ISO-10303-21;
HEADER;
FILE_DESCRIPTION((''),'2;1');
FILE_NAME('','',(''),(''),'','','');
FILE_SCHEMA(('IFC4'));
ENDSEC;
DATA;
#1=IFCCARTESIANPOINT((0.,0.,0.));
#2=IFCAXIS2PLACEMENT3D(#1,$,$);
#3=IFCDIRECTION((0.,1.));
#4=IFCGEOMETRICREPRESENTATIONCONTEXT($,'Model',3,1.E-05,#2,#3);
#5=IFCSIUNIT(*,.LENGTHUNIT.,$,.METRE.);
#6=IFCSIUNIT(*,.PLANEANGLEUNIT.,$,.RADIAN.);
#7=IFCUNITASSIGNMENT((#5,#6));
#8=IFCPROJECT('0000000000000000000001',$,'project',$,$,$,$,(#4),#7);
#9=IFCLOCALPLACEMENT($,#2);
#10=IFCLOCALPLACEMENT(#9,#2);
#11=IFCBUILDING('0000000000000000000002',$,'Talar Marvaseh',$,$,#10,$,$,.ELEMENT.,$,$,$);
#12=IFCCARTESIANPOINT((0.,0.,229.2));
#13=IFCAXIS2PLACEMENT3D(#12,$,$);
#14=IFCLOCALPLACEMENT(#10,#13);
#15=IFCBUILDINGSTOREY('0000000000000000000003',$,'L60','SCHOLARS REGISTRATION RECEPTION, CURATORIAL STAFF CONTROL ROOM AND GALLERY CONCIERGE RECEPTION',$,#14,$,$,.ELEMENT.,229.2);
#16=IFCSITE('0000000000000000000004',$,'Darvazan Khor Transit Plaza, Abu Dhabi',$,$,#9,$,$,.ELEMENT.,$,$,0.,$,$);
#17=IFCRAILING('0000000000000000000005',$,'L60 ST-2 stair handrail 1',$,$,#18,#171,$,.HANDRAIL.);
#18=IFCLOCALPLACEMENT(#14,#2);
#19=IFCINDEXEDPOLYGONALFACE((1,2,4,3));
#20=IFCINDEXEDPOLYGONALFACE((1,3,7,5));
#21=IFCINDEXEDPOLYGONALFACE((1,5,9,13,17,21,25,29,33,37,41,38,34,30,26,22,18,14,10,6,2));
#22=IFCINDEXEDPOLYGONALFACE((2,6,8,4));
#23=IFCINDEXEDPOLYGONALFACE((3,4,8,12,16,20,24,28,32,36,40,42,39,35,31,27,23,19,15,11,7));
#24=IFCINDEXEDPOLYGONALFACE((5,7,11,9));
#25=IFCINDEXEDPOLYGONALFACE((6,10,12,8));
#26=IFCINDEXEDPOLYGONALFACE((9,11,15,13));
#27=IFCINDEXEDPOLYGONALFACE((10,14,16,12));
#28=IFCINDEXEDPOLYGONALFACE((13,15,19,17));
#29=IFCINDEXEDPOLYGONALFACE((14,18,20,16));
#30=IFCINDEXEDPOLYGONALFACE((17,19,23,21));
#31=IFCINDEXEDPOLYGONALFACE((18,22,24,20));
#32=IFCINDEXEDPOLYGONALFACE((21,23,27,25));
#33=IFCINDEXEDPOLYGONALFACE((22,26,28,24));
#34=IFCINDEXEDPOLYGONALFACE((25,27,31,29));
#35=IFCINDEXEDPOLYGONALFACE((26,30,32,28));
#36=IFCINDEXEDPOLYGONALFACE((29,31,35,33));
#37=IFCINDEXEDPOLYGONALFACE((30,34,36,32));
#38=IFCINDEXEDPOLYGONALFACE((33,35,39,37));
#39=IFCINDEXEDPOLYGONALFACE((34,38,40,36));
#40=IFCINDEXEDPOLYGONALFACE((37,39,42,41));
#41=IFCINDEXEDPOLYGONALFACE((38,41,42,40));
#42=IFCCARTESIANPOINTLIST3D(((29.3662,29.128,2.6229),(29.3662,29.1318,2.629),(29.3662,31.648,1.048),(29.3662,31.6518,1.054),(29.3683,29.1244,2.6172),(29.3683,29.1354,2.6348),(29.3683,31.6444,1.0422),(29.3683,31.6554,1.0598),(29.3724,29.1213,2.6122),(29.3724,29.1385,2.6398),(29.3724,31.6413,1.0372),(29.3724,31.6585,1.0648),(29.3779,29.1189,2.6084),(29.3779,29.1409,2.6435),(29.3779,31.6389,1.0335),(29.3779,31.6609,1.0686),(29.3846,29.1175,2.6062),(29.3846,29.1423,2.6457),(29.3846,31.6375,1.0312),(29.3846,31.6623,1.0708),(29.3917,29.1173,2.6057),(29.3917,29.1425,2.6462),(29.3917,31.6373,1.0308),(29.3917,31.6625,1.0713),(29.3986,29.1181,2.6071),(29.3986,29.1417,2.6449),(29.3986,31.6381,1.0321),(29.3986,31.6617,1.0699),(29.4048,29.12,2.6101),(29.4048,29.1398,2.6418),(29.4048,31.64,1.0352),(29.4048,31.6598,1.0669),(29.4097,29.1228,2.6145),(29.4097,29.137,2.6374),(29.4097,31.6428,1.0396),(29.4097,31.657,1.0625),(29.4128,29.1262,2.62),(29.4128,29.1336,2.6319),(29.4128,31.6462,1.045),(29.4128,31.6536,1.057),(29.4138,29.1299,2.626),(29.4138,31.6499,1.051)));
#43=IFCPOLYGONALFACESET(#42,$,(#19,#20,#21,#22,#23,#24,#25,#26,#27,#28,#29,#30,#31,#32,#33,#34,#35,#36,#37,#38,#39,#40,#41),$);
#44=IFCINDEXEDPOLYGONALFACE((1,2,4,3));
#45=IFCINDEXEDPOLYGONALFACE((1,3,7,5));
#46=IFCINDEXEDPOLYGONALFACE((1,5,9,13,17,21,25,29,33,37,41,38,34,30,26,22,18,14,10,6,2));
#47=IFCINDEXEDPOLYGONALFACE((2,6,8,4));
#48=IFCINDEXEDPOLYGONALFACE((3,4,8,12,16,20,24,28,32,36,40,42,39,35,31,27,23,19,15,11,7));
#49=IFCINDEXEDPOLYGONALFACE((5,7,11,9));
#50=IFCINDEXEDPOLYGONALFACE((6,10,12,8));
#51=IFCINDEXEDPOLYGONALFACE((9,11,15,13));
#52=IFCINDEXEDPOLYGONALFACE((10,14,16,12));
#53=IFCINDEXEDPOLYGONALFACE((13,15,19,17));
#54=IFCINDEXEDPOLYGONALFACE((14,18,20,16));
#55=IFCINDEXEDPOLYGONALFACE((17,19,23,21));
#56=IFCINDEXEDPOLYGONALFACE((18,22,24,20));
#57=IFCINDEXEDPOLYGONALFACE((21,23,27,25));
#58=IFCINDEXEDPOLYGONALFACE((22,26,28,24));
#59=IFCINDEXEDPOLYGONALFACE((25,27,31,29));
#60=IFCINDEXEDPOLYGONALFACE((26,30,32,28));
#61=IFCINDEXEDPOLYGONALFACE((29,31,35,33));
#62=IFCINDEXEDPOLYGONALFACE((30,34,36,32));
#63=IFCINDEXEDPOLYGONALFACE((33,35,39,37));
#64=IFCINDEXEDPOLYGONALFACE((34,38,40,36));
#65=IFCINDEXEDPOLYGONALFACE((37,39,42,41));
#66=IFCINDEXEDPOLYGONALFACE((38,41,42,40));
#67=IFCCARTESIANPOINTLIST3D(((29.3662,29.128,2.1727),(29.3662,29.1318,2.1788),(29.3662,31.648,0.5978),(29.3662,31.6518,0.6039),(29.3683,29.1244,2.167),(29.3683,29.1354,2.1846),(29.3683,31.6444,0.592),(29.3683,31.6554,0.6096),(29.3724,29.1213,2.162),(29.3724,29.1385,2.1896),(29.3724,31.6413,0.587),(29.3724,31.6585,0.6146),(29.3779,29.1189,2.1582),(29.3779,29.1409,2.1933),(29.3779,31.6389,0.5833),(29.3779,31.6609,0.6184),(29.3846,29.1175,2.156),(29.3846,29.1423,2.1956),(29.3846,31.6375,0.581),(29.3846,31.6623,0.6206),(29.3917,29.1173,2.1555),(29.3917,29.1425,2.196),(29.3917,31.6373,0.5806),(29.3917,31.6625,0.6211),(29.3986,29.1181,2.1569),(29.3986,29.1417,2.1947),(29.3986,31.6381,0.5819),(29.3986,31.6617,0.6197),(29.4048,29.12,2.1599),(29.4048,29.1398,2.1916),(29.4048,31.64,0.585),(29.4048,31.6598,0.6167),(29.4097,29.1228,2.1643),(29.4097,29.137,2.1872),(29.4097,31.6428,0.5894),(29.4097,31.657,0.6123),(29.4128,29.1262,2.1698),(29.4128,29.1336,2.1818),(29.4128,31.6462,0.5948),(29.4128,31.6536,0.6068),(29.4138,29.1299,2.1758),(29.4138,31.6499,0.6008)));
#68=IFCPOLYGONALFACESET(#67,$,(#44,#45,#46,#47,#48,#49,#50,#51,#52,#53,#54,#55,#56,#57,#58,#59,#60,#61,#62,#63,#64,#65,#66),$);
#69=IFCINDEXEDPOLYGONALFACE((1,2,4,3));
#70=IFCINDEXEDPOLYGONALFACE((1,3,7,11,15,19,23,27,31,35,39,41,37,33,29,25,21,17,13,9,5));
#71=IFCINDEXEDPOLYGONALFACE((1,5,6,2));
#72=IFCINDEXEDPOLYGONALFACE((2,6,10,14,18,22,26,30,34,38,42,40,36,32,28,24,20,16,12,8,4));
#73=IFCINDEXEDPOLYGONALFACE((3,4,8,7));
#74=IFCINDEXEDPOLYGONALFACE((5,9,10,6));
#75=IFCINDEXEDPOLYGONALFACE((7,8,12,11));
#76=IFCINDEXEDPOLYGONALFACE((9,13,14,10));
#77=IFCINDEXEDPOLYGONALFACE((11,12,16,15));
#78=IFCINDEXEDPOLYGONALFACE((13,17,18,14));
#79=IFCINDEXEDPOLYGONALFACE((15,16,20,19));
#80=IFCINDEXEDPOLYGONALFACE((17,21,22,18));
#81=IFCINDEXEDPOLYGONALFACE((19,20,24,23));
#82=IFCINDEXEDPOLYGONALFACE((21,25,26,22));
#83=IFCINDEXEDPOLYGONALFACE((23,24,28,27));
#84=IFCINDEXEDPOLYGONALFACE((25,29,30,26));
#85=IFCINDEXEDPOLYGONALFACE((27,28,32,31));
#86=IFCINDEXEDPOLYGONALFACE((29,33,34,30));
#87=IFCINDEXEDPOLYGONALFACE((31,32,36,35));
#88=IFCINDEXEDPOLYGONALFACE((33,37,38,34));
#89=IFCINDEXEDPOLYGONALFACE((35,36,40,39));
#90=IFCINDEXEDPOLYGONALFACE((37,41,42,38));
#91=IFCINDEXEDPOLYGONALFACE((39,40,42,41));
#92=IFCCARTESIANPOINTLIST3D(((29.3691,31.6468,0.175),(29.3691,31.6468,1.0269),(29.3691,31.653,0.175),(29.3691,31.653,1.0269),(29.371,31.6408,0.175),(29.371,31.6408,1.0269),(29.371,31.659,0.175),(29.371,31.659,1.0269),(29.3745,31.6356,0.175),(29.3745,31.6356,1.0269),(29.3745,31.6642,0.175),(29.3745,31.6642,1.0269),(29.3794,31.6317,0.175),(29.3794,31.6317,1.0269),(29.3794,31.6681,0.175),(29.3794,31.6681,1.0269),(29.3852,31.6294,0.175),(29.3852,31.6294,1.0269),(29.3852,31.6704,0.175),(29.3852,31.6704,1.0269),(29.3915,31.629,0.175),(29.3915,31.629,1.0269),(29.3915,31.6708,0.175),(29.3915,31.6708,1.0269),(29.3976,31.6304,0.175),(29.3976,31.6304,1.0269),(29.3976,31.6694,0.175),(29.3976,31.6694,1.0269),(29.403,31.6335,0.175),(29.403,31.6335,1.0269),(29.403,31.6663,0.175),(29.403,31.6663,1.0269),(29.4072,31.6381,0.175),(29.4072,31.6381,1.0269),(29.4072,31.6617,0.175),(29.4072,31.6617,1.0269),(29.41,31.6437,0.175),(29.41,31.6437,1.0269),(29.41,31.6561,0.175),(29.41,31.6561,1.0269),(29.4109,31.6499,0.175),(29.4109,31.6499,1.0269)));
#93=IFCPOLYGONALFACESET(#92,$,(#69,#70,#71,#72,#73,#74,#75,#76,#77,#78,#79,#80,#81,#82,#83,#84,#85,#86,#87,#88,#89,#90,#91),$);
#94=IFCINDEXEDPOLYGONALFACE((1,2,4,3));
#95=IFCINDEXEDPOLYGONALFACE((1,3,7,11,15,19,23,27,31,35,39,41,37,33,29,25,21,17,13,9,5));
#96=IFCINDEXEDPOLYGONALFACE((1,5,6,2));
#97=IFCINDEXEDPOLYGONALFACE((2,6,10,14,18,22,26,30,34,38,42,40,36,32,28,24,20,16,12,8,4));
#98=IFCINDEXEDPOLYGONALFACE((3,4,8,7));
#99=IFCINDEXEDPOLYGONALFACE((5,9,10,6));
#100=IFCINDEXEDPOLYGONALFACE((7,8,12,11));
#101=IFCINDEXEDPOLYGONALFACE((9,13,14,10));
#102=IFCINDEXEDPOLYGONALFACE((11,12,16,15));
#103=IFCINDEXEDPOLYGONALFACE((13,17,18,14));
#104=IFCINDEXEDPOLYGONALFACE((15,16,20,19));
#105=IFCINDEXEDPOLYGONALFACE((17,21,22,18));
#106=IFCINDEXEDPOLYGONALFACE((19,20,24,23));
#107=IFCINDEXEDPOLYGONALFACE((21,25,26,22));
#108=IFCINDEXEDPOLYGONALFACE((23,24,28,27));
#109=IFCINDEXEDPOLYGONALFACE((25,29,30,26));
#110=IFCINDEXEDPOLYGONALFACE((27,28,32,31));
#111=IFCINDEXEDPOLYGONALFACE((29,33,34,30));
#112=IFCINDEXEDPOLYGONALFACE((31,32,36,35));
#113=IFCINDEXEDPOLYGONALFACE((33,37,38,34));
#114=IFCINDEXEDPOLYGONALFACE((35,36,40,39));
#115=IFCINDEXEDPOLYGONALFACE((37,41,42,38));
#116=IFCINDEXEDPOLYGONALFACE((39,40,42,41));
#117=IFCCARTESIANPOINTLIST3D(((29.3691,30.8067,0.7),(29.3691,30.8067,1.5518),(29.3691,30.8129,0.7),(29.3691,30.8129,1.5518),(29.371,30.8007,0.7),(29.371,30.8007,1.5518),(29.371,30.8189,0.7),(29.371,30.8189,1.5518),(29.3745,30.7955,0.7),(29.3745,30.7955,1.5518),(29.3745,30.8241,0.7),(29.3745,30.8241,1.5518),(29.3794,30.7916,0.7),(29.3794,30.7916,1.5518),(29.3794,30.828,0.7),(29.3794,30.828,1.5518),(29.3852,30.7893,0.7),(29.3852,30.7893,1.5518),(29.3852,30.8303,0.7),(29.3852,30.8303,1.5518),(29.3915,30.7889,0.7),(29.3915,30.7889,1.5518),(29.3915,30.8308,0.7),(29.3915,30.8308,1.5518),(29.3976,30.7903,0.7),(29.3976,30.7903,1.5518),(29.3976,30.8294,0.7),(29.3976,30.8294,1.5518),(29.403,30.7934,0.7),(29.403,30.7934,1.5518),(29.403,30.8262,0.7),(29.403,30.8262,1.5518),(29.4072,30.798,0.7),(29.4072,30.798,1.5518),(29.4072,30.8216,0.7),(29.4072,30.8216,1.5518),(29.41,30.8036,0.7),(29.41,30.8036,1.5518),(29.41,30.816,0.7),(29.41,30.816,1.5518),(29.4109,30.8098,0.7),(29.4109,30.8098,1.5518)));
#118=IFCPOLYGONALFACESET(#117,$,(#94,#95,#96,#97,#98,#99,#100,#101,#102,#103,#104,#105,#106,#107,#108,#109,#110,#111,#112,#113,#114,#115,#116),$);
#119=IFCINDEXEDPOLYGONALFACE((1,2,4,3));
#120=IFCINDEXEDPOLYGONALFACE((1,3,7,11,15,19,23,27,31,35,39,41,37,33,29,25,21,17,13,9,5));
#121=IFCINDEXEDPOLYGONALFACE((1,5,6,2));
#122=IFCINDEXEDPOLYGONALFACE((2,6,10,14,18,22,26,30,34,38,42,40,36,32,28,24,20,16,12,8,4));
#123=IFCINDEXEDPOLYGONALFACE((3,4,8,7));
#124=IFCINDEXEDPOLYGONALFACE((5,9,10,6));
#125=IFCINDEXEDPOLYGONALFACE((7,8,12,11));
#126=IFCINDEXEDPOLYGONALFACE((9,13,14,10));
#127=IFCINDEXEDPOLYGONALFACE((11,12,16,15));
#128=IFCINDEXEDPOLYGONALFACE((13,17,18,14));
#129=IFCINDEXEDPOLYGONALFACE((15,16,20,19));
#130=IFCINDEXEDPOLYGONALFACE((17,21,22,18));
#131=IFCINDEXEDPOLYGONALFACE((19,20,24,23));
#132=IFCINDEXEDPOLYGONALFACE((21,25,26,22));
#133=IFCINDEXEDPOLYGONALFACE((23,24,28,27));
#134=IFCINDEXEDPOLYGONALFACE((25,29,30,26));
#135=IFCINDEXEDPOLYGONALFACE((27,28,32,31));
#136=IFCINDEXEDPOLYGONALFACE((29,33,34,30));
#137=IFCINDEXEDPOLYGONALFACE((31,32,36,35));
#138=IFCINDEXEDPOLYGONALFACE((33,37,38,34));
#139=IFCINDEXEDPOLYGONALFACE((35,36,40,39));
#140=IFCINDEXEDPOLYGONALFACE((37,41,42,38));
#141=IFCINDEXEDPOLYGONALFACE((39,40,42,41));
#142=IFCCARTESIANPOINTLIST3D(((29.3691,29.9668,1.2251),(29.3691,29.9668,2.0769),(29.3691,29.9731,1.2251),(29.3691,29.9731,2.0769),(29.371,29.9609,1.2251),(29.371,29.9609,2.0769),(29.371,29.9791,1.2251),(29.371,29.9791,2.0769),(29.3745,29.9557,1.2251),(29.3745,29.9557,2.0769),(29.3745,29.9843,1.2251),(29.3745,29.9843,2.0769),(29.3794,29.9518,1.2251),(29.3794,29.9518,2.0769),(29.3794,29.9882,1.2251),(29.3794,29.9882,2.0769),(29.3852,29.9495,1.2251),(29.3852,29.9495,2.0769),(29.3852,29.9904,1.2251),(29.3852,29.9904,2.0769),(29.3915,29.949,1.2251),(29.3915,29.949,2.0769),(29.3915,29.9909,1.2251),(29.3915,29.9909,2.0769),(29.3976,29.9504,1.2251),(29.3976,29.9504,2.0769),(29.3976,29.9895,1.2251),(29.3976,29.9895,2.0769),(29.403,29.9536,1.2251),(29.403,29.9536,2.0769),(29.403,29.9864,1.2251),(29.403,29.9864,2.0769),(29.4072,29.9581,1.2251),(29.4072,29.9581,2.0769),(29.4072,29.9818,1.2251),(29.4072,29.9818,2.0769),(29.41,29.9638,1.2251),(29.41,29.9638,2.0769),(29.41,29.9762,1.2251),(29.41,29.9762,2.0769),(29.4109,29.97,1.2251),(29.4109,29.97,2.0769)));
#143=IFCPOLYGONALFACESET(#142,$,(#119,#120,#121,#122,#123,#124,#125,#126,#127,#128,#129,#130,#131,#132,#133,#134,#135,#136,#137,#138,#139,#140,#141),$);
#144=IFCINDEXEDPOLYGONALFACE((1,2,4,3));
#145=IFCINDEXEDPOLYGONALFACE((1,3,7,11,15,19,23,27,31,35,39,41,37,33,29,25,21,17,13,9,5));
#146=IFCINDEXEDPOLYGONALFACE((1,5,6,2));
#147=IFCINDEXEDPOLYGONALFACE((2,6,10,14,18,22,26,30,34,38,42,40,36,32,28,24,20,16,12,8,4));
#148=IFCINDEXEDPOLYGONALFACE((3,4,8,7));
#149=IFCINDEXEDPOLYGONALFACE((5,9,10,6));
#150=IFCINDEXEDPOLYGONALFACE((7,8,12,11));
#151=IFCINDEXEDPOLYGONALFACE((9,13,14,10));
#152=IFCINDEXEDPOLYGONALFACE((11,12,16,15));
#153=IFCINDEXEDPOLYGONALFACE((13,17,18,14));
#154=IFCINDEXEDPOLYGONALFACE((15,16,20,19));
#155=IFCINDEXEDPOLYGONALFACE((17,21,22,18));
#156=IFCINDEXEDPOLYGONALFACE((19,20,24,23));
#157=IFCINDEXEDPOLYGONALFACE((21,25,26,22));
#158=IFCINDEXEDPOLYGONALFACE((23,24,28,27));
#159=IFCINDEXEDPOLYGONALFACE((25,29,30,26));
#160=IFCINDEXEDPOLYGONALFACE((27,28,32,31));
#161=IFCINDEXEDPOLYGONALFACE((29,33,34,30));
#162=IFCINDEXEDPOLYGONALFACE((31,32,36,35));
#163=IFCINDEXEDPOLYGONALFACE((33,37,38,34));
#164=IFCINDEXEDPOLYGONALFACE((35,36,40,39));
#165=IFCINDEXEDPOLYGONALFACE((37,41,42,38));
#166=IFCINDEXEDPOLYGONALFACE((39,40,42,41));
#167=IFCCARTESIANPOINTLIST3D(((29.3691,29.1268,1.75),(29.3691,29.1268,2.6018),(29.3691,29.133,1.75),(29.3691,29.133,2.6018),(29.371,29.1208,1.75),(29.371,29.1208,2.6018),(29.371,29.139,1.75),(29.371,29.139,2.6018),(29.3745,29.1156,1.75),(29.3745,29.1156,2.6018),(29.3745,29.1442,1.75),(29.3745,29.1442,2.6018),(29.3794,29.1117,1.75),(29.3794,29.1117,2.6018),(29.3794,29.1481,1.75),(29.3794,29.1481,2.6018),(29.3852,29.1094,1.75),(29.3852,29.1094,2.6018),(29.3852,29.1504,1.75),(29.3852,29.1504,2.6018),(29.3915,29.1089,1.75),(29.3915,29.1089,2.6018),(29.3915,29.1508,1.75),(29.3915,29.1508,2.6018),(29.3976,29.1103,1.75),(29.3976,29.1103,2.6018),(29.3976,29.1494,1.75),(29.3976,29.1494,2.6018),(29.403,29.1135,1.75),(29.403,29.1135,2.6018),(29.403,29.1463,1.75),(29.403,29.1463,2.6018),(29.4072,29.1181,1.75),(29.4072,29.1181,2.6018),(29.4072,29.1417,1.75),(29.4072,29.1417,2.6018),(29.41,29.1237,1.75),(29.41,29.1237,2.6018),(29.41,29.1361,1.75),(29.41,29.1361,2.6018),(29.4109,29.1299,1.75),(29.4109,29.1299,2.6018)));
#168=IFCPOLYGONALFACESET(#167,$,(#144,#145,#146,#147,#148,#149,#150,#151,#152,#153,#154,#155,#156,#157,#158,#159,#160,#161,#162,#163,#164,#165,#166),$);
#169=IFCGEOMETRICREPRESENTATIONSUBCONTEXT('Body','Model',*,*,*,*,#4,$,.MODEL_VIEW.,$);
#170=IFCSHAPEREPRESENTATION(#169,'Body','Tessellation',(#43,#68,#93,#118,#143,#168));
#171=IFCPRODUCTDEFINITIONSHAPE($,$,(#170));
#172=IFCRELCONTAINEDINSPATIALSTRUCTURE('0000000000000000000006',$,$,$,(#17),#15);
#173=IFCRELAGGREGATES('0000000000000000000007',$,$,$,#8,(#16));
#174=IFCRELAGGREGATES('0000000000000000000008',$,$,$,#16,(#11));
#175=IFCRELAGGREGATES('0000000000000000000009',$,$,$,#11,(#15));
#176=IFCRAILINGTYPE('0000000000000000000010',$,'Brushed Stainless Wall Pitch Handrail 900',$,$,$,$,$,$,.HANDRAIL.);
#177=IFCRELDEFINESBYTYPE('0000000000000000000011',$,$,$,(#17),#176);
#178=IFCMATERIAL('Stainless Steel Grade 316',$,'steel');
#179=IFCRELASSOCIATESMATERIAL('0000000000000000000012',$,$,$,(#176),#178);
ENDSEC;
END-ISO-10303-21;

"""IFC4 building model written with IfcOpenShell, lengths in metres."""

from ifc_helpers import new_model, si_unit, direction, frame, origin, origin_2d, place, context, subcontext, project, spatial, circle, extrude, material, type_object, element, save


model = new_model("IFC4")

# Units and contexts
model_context = context("Model", 3, precision=1e-05, world=origin(), true_north=direction((0.0, 1.0)))
body_context = subcontext(model_context, "Body", "Model", "MODEL_VIEW")
ifc_project = project(units=[si_unit("LENGTHUNIT", "METRE"), si_unit("PLANEANGLEUNIT", "RADIAN")], contexts=[model_context])

# Site, building, storey
site_placement = place(None, origin())
site = spatial("IfcSite", under=ifc_project, at=site_placement, Name="Darvazan Khor Transit Plaza, Abu Dhabi", CompositionType="ELEMENT", RefElevation=0.0)
building_placement = place(site_placement, origin())
building = spatial("IfcBuilding", under=site, at=building_placement, Name="Talar Marvaseh", CompositionType="ELEMENT")
storey_placement = place(building_placement, frame((0.0, 0.0, 229.2)))
storey = spatial("IfcBuildingStorey", under=building, at=storey_placement, Name="L60", Description="SCHOLARS REGISTRATION RECEPTION, CURATORIAL STAFF CONTROL ROOM AND GALLERY CONCIERGE RECEPTION", CompositionType="ELEMENT", Elevation=229.2)

# Shared definitions
ifc_material_1 = material(Name="Stainless Steel Grade 316", Category="steel")

# Railing
railing_type_1 = type_object("IfcRailingType", Name="Brushed Stainless Wall Pitch Handrail 900", PredefinedType="HANDRAIL", material=ifc_material_1)
railing_1_placement = place(storey_placement, frame((29.3899, 31.6499, 0.175)))
element("IfcRailing", 1, at=railing_1_placement, inside=storey, type_object=railing_type_1, Name="L60 ST-2 stair handrail 1", PredefinedType="HANDRAIL", context=body_context, shape_type="SweptSolid", body=[
    extrude(circle(Radius=0.0239, at=origin_2d()), frame((0.0, 0.0, 0.876), z_axis=(0.0, -0.848008, 0.529984), x_axis=(1.0, 0.0, 0.0)), (0.0, 0.0, 1.0), 2.9717),
    extrude(circle(Radius=0.0239, at=origin_2d()), frame((0.0, 0.0, 0.4258), z_axis=(0.0, -0.848008, 0.529984), x_axis=(1.0, 0.0, 0.0)), (0.0, 0.0, 1.0), 2.9717),
    extrude(circle(Radius=0.021, at=origin_2d()), origin(), (0.0, 0.0, 1.0), 0.8518),
    extrude(circle(Radius=0.021, at=origin_2d()), frame((0.0, -0.8401, 0.5249)), (0.0, 0.0, 1.0), 0.8518),
    extrude(circle(Radius=0.021, at=origin_2d()), frame((0.0, -1.6799, 1.05)), (0.0, 0.0, 1.0), 0.8518),
    extrude(circle(Radius=0.021, at=origin_2d()), frame((0.0, -2.52, 1.575)), (0.0, 0.0, 1.0), 0.8518),
])

save(model, "model.ifc")
